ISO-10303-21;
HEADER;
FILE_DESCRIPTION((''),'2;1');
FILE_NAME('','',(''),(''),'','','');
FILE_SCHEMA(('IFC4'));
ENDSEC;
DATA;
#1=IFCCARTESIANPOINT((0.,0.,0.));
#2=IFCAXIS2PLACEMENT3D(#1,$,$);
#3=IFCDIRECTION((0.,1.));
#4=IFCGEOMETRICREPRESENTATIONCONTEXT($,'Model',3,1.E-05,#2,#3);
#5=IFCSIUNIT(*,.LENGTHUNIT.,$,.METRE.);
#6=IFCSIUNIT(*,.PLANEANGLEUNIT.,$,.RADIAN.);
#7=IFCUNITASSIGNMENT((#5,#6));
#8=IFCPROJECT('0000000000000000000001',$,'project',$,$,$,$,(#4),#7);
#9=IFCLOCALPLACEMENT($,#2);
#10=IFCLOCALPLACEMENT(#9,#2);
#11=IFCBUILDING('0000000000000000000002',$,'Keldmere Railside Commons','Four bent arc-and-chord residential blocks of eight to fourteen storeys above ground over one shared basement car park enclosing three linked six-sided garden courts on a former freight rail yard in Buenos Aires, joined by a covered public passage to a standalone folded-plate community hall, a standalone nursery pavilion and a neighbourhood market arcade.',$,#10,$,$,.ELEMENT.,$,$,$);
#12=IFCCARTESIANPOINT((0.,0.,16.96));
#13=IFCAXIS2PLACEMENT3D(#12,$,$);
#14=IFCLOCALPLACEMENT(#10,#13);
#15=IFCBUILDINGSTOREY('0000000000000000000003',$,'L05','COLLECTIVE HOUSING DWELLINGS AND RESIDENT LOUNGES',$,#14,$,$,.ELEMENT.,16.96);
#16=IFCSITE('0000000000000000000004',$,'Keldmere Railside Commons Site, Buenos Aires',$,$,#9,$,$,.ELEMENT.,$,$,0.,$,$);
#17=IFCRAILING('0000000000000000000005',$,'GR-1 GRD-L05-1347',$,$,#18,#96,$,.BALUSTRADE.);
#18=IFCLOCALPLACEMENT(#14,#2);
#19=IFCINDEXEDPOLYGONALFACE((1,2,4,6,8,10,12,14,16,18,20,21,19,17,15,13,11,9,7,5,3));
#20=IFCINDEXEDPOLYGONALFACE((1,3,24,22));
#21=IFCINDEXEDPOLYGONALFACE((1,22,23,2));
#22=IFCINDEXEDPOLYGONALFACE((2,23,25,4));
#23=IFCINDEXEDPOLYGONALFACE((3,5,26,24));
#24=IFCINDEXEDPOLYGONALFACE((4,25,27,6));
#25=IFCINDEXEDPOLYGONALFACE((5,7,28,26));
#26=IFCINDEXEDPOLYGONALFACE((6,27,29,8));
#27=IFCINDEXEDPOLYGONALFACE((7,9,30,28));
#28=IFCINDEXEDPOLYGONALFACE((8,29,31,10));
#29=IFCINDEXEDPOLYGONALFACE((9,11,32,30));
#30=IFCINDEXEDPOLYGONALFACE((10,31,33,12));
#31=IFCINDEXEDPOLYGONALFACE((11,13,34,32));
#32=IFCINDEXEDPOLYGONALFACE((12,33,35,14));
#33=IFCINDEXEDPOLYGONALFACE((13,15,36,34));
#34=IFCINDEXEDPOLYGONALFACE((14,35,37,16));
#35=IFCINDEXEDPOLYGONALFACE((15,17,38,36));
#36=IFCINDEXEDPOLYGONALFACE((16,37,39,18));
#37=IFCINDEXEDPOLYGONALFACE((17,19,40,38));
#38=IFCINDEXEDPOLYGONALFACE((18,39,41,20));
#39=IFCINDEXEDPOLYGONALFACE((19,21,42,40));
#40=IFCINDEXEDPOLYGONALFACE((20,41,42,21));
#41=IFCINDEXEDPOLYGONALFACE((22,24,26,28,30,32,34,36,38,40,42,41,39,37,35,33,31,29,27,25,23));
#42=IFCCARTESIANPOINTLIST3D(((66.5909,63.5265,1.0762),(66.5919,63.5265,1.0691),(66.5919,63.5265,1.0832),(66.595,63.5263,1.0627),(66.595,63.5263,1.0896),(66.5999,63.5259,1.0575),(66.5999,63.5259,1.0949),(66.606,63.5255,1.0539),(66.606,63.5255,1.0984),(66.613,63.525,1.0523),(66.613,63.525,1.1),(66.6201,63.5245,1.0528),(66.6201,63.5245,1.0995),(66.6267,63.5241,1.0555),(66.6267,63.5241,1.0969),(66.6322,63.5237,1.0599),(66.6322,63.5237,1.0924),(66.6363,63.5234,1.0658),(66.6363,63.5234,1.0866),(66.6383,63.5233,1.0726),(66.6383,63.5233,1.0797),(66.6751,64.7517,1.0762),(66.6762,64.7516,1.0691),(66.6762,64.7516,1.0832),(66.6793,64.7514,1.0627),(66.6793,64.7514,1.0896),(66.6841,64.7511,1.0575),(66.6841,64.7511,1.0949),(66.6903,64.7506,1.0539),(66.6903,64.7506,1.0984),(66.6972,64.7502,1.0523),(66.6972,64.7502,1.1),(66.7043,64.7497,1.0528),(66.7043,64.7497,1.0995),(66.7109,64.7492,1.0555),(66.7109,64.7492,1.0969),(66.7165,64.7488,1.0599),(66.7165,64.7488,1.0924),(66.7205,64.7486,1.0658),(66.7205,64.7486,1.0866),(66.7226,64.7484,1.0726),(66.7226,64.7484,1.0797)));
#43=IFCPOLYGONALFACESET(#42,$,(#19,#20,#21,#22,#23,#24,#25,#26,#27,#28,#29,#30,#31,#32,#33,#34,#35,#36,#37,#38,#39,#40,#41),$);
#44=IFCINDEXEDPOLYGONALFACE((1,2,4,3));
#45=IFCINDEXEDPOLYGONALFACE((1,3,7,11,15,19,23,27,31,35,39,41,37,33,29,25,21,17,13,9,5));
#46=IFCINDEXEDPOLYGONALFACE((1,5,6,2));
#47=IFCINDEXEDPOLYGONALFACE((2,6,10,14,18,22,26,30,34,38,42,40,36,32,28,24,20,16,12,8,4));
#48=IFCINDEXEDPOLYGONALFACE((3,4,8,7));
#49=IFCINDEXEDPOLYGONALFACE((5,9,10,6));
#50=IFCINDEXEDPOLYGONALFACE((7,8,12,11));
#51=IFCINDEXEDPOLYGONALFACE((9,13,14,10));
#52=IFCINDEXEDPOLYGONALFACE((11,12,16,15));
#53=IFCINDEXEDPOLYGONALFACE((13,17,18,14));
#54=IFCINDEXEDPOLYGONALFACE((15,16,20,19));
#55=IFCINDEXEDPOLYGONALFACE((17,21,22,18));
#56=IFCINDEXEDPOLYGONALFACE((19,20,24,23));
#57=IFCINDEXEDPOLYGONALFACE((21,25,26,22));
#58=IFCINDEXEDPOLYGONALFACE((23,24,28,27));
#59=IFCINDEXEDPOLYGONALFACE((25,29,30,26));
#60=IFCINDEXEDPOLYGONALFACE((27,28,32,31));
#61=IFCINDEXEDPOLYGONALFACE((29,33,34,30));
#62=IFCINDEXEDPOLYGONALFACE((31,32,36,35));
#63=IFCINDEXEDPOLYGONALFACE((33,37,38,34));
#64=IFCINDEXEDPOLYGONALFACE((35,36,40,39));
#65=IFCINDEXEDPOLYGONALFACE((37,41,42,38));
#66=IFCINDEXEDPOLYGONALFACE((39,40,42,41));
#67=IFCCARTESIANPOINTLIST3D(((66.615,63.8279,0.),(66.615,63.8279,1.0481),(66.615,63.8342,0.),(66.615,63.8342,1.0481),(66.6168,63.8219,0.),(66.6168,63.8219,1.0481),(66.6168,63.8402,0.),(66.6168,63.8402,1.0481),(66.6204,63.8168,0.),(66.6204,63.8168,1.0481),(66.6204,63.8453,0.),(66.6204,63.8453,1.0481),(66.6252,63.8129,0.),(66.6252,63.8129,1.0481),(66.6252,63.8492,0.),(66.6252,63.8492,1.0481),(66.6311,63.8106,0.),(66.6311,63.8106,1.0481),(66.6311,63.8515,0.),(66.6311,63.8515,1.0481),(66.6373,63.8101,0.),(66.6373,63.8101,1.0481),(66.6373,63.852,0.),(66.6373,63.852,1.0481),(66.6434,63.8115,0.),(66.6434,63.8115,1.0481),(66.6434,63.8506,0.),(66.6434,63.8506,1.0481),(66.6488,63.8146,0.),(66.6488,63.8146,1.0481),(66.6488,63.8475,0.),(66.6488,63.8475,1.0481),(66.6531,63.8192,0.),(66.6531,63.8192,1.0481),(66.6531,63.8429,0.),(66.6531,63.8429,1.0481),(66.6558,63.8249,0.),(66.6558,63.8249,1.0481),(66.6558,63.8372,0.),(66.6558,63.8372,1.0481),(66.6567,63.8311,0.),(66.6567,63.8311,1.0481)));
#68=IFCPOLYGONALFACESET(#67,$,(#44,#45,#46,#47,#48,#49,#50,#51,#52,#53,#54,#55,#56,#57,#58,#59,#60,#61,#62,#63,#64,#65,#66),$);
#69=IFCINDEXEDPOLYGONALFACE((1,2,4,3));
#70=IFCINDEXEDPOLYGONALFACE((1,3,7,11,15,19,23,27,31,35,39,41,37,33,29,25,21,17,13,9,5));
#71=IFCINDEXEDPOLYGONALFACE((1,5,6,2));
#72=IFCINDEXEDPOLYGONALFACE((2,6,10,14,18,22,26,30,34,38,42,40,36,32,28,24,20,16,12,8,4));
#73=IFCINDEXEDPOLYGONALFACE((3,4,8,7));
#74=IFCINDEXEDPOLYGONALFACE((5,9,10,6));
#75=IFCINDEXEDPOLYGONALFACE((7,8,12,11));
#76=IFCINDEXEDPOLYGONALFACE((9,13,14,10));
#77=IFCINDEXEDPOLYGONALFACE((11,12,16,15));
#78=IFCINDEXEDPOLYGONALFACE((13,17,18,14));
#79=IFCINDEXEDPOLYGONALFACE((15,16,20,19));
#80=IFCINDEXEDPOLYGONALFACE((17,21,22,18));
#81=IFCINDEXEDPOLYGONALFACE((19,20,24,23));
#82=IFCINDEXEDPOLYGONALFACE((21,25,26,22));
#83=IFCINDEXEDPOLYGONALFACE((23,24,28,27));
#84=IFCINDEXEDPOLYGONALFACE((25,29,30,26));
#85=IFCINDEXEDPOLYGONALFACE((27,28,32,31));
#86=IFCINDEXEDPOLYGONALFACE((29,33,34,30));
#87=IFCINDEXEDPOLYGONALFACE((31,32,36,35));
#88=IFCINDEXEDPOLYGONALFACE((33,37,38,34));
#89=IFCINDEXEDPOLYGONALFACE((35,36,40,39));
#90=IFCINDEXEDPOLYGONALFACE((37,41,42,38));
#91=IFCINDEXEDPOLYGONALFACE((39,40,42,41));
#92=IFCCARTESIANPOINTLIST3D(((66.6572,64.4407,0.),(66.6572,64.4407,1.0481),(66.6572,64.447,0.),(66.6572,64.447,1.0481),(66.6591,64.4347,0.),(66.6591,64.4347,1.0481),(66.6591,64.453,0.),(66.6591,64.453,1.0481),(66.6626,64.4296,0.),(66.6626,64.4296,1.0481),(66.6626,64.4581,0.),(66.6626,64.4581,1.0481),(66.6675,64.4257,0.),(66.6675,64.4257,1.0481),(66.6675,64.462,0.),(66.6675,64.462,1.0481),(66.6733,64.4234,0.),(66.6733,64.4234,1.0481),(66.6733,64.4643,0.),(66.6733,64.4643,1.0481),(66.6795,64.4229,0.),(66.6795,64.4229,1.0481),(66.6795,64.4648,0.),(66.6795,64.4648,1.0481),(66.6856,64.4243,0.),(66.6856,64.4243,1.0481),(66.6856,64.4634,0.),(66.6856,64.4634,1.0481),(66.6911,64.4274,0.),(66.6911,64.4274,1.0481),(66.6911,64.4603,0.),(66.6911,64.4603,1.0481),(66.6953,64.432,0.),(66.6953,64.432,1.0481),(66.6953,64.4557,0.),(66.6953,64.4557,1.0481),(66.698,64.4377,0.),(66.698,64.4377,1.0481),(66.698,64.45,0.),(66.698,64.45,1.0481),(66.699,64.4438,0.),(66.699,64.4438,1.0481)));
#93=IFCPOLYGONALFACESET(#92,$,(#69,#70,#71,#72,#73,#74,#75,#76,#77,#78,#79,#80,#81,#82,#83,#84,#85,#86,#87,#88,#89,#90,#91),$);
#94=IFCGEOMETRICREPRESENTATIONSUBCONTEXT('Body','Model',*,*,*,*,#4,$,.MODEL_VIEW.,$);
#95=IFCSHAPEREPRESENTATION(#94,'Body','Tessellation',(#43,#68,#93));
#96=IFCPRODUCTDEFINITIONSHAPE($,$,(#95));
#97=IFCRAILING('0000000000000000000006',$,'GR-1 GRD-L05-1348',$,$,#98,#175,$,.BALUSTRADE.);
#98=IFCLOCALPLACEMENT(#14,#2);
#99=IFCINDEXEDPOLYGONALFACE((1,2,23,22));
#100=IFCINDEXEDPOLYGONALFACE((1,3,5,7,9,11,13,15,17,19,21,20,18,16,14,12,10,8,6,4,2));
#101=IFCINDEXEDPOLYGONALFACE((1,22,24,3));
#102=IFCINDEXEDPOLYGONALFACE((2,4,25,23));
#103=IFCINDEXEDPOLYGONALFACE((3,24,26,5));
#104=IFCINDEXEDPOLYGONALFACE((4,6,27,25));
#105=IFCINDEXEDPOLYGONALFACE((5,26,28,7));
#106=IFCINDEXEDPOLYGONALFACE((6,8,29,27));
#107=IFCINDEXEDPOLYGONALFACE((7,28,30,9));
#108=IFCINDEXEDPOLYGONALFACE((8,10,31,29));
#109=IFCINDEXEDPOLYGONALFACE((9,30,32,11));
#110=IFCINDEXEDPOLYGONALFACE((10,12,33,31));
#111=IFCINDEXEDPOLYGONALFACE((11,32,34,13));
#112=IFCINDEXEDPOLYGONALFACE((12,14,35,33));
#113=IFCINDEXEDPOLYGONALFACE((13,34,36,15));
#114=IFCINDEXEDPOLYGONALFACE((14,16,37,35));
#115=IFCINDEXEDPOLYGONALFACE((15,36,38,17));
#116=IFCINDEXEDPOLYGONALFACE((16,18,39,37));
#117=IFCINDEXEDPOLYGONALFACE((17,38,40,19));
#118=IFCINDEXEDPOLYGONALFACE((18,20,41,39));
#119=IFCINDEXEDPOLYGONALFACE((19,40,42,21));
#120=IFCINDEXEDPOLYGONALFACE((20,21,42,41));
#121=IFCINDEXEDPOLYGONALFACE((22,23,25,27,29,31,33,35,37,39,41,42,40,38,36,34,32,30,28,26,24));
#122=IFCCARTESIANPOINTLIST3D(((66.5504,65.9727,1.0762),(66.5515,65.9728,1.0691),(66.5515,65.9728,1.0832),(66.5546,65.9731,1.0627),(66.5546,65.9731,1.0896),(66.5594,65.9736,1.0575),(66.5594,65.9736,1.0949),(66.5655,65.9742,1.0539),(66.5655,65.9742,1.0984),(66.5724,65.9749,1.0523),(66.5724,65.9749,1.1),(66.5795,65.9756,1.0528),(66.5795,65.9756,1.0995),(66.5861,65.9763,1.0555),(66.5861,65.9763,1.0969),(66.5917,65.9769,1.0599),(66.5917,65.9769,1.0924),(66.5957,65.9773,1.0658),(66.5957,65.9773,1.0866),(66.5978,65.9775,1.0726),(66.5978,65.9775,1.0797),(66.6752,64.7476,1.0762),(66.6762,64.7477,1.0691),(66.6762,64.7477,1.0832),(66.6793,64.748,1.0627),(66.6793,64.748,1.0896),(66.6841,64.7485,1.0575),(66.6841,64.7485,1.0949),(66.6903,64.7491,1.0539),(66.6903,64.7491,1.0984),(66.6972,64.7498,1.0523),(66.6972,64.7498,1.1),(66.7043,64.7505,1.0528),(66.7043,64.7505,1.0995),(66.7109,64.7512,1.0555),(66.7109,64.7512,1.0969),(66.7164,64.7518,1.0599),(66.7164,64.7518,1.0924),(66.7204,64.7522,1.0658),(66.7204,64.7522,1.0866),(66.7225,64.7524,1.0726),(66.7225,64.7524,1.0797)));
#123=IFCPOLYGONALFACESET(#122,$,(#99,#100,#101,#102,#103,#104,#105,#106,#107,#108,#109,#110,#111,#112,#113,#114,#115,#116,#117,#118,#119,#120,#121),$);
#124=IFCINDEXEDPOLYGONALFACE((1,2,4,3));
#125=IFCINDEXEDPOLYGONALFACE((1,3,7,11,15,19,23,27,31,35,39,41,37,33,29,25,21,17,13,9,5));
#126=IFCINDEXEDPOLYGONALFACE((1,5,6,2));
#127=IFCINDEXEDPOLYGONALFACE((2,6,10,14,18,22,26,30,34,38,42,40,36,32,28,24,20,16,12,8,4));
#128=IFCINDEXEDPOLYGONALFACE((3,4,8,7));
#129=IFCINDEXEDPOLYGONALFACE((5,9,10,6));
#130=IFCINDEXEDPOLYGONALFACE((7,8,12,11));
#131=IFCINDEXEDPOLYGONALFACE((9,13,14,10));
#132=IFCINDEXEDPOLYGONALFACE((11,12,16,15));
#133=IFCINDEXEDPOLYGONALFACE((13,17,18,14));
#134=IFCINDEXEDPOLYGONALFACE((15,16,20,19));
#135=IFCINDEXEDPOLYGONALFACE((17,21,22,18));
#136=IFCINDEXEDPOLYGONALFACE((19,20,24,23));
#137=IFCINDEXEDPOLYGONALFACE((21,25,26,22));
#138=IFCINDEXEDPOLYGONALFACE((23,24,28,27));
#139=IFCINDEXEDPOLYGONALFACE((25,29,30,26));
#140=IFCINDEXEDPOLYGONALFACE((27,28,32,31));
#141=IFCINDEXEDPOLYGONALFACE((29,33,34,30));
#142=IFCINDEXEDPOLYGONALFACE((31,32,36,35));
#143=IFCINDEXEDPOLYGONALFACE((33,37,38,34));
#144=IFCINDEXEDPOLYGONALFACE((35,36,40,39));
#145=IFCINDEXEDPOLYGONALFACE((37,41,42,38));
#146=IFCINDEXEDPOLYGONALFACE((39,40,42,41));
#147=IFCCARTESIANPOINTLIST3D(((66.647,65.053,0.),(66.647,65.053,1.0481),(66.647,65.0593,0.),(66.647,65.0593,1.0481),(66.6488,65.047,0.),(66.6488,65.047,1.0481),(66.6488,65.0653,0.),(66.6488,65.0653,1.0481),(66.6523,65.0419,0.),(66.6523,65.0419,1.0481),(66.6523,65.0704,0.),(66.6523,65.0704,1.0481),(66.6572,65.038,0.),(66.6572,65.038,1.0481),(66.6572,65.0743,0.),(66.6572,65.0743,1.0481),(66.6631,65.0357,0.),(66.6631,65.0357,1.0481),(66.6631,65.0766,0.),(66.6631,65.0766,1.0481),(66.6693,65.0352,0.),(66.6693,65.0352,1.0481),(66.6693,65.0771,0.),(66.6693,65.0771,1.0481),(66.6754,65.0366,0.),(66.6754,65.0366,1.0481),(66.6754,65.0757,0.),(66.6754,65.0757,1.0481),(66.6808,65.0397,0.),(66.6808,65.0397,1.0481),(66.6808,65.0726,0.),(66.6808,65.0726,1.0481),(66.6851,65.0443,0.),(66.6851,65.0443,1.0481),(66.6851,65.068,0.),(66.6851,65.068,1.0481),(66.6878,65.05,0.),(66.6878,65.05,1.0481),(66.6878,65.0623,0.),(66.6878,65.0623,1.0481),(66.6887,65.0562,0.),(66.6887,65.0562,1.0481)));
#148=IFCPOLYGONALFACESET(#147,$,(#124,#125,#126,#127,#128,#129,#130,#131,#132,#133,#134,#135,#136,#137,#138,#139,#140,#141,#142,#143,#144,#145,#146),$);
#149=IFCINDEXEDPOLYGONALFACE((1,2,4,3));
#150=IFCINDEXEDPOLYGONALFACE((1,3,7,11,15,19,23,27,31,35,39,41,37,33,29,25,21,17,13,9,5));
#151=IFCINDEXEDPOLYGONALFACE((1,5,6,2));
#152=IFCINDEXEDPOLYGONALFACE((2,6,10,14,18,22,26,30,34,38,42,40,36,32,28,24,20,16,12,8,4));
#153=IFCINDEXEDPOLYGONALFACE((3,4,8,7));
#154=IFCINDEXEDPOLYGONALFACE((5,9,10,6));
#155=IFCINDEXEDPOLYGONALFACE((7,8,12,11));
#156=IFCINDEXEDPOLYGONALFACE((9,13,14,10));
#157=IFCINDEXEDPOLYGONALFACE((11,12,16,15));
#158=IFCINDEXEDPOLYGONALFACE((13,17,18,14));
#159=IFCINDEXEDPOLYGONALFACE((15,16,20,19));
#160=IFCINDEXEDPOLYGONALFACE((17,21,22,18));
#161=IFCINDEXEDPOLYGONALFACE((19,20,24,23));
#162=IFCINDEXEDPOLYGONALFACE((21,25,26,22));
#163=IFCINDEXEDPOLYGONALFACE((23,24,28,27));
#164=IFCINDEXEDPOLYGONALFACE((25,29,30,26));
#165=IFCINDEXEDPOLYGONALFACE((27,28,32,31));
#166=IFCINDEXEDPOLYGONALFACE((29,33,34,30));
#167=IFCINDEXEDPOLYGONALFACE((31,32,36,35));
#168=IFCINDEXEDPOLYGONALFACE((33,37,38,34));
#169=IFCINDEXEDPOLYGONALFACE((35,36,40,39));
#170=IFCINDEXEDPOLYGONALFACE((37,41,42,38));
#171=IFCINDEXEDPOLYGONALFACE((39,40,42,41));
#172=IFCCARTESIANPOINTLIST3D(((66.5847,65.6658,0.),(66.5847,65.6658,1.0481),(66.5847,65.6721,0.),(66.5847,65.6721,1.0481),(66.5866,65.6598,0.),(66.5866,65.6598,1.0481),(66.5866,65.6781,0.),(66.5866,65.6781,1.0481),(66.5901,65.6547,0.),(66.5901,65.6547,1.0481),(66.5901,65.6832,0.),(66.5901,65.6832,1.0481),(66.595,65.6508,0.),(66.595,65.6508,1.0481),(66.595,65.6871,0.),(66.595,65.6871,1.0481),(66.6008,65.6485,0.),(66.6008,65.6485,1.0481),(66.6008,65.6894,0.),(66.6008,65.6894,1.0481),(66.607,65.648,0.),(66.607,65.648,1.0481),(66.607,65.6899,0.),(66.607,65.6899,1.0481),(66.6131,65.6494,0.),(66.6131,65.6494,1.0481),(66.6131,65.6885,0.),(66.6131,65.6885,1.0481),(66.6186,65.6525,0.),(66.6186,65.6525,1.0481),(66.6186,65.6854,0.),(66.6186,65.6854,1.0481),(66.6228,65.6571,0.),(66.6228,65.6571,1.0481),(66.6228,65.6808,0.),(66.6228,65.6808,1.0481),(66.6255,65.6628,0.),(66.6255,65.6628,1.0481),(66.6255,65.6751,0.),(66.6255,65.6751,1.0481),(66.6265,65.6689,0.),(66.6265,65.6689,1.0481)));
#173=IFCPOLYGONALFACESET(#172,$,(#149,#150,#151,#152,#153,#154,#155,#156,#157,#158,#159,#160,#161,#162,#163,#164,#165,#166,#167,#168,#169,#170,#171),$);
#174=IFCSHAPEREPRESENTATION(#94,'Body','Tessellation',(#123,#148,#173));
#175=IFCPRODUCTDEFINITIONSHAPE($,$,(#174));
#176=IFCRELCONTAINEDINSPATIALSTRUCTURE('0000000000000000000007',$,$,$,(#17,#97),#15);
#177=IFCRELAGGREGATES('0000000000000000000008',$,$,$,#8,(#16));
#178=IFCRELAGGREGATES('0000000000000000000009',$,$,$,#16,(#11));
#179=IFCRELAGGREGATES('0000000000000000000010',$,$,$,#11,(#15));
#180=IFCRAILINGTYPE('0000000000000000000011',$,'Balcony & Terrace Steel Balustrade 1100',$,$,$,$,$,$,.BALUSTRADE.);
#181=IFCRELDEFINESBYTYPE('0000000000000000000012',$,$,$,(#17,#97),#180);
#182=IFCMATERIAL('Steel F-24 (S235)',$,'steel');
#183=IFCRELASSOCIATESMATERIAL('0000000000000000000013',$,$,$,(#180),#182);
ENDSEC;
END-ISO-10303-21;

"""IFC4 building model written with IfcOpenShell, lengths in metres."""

from ifc_helpers import new_model, si_unit, direction, frame, origin, origin_2d, place, context, subcontext, project, spatial, circle, extrude, material, type_object, element, save


model = new_model("IFC4")

# Units and contexts
model_context = context("Model", 3, precision=1e-05, world=origin(), true_north=direction((0.0, 1.0)))
body_context = subcontext(model_context, "Body", "Model", "MODEL_VIEW")
ifc_project = project(units=[si_unit("LENGTHUNIT", "METRE"), si_unit("PLANEANGLEUNIT", "RADIAN")], contexts=[model_context])

# Site, building, storey
site_placement = place(None, origin())
site = spatial("IfcSite", under=ifc_project, at=site_placement, Name="Keldmere Railside Commons Site, Buenos Aires", CompositionType="ELEMENT", RefElevation=0.0)
building_placement = place(site_placement, origin())
building = spatial("IfcBuilding", under=site, at=building_placement, Name="Keldmere Railside Commons", Description="Four bent arc-and-chord residential blocks of eight to fourteen storeys above ground over one shared basement car park enclosing three linked six-sided garden courts on a former freight rail yard in Buenos Aires, joined by a covered public passage to a standalone folded-plate community hall, a standalone nursery pavilion and a neighbourhood market arcade.", CompositionType="ELEMENT")
storey_placement = place(building_placement, frame((0.0, 0.0, 16.96)))
storey = spatial("IfcBuildingStorey", under=building, at=storey_placement, Name="L05", Description="COLLECTIVE HOUSING DWELLINGS AND RESIDENT LOUNGES", CompositionType="ELEMENT", Elevation=16.96)

# Railings
ifc_material_1 = material(Name="Steel F-24 (S235)", Category="steel")
railing_type_1 = type_object("IfcRailingType", Name="Balcony & Terrace Steel Balustrade 1100", PredefinedType="BALUSTRADE", material=ifc_material_1)
railing_1_placement = place(storey_placement, frame((66.6147, 63.5249, 0.0)))
element("IfcRailing", 1, at=railing_1_placement, inside=storey, type_object=railing_type_1, Name="GR-1 GRD-L05-1347", PredefinedType="BALUSTRADE", context=body_context, shape_type="SweptSolid", body=[
    extrude(circle(Radius=0.0239, at=origin_2d()), frame((0.0, 0.0, 1.0762), z_axis=(0.068591, 0.997645, 0.0), x_axis=(-0.997645, 0.068591, 0.0)), (0.0, 0.0, 1.0), 1.228),
    extrude(circle(Radius=0.021, at=origin_2d()), frame((0.021, 0.3062, 0.0)), (0.0, 0.0, 1.0), 1.0481),
    extrude(circle(Radius=0.021, at=origin_2d()), frame((0.0632, 0.9189, 0.0)), (0.0, 0.0, 1.0), 1.0481),
])
railing_2_placement = place(storey_placement, frame((66.699, 64.75, 0.0)))
element("IfcRailing", 2, at=railing_2_placement, inside=storey, type_object=railing_type_1, Name="GR-1 GRD-L05-1348", PredefinedType="BALUSTRADE", context=body_context, shape_type="SweptSolid", body=[
    extrude(circle(Radius=0.0239, at=origin_2d()), frame((0.0, 0.0, 1.0762), z_axis=(-0.101309, 0.994855, 0.0), x_axis=(-0.994855, -0.101309, 0.0)), (0.0, 0.0, 1.0), 1.2314),
    extrude(circle(Radius=0.021, at=origin_2d()), frame((-0.0312, 0.3062, 0.0)), (0.0, 0.0, 1.0), 1.0481),
    extrude(circle(Radius=0.021, at=origin_2d()), frame((-0.0935, 0.9189, 0.0)), (0.0, 0.0, 1.0), 1.0481),
])

save(model, "model.ifc")
